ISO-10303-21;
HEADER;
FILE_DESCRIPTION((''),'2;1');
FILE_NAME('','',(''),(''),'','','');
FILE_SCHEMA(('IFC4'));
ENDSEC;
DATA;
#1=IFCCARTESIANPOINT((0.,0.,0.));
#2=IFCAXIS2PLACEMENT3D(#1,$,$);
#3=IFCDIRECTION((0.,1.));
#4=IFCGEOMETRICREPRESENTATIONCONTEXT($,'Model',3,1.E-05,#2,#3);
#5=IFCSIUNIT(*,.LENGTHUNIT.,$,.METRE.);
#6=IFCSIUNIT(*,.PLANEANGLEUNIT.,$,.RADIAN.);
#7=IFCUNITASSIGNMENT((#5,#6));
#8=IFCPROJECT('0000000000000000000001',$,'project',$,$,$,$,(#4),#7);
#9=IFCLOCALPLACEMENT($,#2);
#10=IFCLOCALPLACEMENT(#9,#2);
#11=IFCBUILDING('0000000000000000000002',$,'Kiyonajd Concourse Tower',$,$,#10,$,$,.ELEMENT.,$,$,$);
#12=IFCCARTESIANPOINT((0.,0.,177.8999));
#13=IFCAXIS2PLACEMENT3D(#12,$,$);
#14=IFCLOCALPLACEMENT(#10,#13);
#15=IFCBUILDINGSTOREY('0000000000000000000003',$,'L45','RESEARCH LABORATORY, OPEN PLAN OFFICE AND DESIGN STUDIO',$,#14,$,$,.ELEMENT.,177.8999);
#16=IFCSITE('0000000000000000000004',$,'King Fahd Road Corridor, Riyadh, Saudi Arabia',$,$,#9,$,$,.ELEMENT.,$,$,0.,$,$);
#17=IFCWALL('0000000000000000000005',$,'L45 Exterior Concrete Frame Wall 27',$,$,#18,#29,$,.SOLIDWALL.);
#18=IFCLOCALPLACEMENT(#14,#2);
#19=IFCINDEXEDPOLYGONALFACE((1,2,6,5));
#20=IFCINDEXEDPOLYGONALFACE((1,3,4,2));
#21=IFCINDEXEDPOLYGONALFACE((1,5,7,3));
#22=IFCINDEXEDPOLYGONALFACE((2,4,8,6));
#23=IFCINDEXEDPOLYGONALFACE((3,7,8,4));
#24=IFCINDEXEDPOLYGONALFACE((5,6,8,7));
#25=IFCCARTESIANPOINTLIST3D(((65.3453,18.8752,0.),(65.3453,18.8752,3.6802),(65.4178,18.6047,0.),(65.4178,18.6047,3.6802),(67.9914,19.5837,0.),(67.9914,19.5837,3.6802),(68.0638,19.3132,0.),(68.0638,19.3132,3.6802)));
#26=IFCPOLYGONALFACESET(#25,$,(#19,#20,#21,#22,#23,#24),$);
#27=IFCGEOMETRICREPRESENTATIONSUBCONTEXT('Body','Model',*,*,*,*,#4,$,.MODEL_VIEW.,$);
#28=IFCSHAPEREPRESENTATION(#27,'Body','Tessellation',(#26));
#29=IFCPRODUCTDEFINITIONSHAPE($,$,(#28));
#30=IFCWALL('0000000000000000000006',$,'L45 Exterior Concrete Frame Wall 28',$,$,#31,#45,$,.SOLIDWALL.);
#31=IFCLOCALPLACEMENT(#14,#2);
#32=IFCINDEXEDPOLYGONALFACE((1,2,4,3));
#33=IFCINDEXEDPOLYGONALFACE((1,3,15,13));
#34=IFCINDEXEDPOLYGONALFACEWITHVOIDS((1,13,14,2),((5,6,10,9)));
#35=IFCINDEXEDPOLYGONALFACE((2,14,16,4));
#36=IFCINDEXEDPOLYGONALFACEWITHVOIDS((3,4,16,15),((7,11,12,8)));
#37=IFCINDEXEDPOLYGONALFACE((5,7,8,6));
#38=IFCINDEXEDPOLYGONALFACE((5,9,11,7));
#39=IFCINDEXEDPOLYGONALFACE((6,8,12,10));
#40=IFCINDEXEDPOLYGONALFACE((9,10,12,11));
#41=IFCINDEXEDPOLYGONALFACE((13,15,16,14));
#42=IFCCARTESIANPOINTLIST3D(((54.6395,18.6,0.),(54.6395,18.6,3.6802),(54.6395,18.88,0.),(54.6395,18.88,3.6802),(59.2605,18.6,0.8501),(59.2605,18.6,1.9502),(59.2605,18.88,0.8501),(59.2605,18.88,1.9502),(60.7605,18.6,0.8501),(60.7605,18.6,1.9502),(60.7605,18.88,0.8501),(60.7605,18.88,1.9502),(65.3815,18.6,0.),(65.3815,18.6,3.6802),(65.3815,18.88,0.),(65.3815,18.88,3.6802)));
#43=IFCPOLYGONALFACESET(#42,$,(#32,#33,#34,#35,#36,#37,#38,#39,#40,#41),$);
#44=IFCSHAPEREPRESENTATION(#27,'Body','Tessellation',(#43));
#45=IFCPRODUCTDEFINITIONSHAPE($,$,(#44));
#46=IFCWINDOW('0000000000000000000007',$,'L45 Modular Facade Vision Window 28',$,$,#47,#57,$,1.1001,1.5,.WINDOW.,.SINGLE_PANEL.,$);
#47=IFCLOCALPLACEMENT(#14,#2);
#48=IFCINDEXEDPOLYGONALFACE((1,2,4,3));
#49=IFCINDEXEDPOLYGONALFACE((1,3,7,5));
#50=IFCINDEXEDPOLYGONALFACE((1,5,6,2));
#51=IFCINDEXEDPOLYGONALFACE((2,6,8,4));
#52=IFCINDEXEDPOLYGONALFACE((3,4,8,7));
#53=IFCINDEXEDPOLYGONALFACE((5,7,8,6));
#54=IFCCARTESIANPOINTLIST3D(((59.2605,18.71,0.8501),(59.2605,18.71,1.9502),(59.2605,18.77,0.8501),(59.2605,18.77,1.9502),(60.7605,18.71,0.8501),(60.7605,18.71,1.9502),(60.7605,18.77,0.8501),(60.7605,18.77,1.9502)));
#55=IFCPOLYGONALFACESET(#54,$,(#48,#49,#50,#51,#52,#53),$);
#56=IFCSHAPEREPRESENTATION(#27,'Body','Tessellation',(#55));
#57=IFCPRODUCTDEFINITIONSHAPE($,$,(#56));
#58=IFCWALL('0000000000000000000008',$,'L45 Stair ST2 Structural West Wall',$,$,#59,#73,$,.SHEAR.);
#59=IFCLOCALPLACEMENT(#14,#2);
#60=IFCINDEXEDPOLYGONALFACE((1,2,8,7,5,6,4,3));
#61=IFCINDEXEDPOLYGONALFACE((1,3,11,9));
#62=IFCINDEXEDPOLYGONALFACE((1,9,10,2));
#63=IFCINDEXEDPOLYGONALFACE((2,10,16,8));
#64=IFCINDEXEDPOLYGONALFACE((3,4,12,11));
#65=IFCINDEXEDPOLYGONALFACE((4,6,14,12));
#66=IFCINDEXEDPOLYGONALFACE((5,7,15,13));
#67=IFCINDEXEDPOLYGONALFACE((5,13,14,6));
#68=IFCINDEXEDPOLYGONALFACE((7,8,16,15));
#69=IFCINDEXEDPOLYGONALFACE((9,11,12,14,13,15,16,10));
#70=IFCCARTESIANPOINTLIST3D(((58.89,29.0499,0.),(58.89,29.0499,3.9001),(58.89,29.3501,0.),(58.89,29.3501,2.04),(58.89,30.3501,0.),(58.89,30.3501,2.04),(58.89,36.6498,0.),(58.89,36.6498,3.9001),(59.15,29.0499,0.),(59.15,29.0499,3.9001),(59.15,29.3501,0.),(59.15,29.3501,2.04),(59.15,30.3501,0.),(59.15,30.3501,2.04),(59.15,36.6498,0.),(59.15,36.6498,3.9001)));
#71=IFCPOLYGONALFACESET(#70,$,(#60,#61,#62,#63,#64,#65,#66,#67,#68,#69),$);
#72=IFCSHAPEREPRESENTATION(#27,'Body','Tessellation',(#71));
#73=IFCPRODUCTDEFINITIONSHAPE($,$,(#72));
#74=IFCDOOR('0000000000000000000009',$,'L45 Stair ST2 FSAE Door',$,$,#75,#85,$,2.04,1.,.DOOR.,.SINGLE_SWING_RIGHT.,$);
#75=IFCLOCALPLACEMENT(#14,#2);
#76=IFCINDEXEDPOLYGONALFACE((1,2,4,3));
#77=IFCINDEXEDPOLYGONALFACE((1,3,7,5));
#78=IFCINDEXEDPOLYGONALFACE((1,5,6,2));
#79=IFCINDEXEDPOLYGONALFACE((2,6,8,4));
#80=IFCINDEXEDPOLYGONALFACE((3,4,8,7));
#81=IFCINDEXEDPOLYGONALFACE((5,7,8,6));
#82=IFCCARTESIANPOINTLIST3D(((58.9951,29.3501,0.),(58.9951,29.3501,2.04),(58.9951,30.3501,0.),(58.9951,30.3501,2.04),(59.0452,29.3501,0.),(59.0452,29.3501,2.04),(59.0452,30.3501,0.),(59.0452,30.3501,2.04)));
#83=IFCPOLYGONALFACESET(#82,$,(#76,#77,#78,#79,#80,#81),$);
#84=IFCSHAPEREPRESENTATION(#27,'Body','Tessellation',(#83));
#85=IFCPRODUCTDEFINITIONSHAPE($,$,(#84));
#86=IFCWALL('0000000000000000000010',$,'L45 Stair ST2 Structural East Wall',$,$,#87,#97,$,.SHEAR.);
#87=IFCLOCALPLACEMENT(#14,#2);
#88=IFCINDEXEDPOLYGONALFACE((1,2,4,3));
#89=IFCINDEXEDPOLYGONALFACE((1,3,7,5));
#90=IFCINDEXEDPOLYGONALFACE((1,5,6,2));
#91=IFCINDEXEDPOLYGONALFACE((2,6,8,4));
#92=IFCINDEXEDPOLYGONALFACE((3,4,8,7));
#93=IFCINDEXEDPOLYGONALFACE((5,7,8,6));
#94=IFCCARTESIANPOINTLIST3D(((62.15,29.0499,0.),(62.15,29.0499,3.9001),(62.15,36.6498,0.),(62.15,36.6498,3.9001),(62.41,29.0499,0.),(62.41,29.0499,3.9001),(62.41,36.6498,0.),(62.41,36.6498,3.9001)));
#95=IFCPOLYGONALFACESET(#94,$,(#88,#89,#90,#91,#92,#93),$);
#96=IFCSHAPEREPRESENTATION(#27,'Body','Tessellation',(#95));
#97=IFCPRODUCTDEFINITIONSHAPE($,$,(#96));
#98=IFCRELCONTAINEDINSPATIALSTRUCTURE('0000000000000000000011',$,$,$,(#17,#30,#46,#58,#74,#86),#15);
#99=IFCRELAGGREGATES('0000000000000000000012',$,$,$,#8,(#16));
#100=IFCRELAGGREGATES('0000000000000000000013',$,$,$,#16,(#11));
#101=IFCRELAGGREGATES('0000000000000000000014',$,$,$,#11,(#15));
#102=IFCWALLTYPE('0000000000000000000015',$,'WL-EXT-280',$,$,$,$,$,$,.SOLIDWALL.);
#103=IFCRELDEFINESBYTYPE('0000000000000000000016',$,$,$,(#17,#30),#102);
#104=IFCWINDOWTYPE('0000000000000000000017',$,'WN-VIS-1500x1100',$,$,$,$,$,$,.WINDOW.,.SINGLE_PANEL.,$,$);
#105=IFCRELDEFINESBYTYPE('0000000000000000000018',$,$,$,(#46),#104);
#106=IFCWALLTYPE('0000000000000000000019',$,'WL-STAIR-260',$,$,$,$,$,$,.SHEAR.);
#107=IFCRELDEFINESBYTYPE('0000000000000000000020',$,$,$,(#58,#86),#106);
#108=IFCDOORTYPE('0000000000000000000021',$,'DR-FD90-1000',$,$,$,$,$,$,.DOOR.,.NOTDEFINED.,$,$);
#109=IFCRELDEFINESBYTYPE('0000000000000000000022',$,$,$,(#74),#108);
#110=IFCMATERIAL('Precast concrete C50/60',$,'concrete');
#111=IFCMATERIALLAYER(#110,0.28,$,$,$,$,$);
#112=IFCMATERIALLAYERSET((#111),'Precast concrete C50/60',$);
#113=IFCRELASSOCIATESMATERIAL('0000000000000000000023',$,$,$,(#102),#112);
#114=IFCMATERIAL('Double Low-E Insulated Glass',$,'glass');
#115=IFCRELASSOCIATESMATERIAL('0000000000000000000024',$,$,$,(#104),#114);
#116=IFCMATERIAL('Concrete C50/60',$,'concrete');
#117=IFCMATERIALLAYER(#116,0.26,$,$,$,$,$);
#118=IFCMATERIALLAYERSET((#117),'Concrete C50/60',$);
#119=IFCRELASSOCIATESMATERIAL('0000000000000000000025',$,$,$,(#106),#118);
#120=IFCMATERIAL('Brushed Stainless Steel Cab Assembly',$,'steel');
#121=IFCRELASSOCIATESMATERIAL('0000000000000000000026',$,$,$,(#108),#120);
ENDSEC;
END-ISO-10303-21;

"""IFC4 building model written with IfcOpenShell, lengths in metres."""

from ifc_helpers import new_model, si_unit, direction, frame, frame_2d, origin, place, context, subcontext, project, spatial, rectangle, extrude, material, layer, layer_set, type_object, element, fill, save


model = new_model("IFC4")

# Units and contexts
model_context = context("Model", 3, precision=1e-05, world=origin(), true_north=direction((0.0, 1.0)))
body_context = subcontext(model_context, "Body", "Model", "MODEL_VIEW")
ifc_project = project(units=[si_unit("LENGTHUNIT", "METRE"), si_unit("PLANEANGLEUNIT", "RADIAN")], contexts=[model_context])

# Site, building, storey
site_placement = place(None, origin())
site = spatial("IfcSite", under=ifc_project, at=site_placement, Name="King Fahd Road Corridor, Riyadh, Saudi Arabia", CompositionType="ELEMENT", RefElevation=0.0)
building_placement = place(site_placement, origin())
building = spatial("IfcBuilding", under=site, at=building_placement, Name="Kiyonajd Concourse Tower", CompositionType="ELEMENT")
storey_placement = place(building_placement, frame((0.0, 0.0, 177.8999)))
storey = spatial("IfcBuildingStorey", under=building, at=storey_placement, Name="L45", Description="RESEARCH LABORATORY, OPEN PLAN OFFICE AND DESIGN STUDIO", CompositionType="ELEMENT", Elevation=177.8999)

# Shared definitions
ifc_material_1 = material(Name="Double Low-E Insulated Glass", Category="glass")

# Wall
ifc_material_2 = material(Name="Precast concrete C50/60", Category="concrete")
ifc_layer_1 = layer(ifc_material_2, 0.28)
ifc_layer_set_1 = layer_set([ifc_layer_1], Name="Precast concrete C50/60")
wall_type_1 = type_object("IfcWallType", Name="WL-EXT-280", PredefinedType="SOLIDWALL", material=ifc_layer_set_1)
wall_1_placement = place(storey_placement, frame((68.0276, 19.4485, 0.0), z_axis=(0.0, 0.0, 1.0), x_axis=(-0.965971, -0.25865, 0.0)))
element("IfcWall", 1, at=wall_1_placement, inside=storey, type_object=wall_type_1, Name="L45 Exterior Concrete Frame Wall 27", PredefinedType="SOLIDWALL", context=body_context, shape_type="SweptSolid", body=[
    extrude(rectangle(XDim=2.7393, YDim=0.28, at=frame_2d((1.3696, 0.0))), origin(), (0.0, 0.0, 1.0), 3.6802),
])

# Wall, opening, window
wall_2_placement = place(storey_placement, frame((65.3816, 18.74, 0.0), z_axis=(0.0, 0.0, 1.0), x_axis=(-1.0, 0.0, 0.0)))
wall_2 = element("IfcWall", 2, at=wall_2_placement, inside=storey, type_object=wall_type_1, Name="L45 Exterior Concrete Frame Wall 28", PredefinedType="SOLIDWALL", context=body_context, shape_type="SweptSolid", body=[
    extrude(rectangle(XDim=10.7419, YDim=0.28, at=frame_2d((5.3711, 0.0))), origin(), (0.0, 0.0, 1.0), 3.6802),
])
opening_1_placement = place(wall_2_placement, frame((4.6211, 0.0, 0.8501)))
opening_1 = element("IfcOpeningElement", 3, at=opening_1_placement, cuts=wall_2, PredefinedType="OPENING", context=body_context, shape_type="SweptSolid", body=[
    extrude(rectangle(XDim=1.5, YDim=1.1001, at=frame_2d((0.75, 0.55))), frame((0.0, 0.1499, 0.0), z_axis=(0.0, -1.0, 0.0), x_axis=(1.0, 0.0, 0.0)), (0.0, 0.0, 1.0), 0.3),
])
window_type = type_object("IfcWindowType", Name="WN-VIS-1500x1100", PartitioningType="SINGLE_PANEL", PredefinedType="WINDOW", material=ifc_material_1)
window_placement = place(opening_1_placement, origin())
window = element("IfcWindow", 4, at=window_placement, inside=storey, type_object=window_type, Name="L45 Modular Facade Vision Window 28", OverallHeight=1.1001, OverallWidth=1.5, PartitioningType="SINGLE_PANEL", PredefinedType="WINDOW", context=body_context, shape_type="SweptSolid", body=[
    extrude(rectangle(XDim=1.5, YDim=1.1001, at=frame_2d((0.75, 0.55))), frame((0.0, 0.03, 0.0), z_axis=(0.0, -1.0, 0.0), x_axis=(1.0, 0.0, 0.0)), (0.0, 0.0, 1.0), 0.0601),
])
fill(opening_1, window)

# Wall, opening, door
ifc_material_3 = material(Name="Concrete C50/60", Category="concrete")
ifc_layer_2 = layer(ifc_material_3, 0.26)
ifc_layer_set_2 = layer_set([ifc_layer_2], Name="Concrete C50/60")
wall_type_2 = type_object("IfcWallType", Name="WL-STAIR-260", PredefinedType="SHEAR", material=ifc_layer_set_2)
wall_3_placement = place(storey_placement, frame((59.02, 29.05, 0.0), z_axis=(0.0, 0.0, 1.0), x_axis=(0.0, 1.0, 0.0)))
wall_3 = element("IfcWall", 5, at=wall_3_placement, inside=storey, type_object=wall_type_2, Name="L45 Stair ST2 Structural West Wall", PredefinedType="SHEAR", context=body_context, shape_type="SweptSolid", body=[
    extrude(rectangle(XDim=7.5999, YDim=0.26, at=frame_2d((3.7998, 0.0))), origin(), (0.0, 0.0, 1.0), 3.9001),
])
opening_2_placement = place(wall_3_placement, frame((0.3, 0.0, 0.0)))
opening_2 = element("IfcOpeningElement", 6, at=opening_2_placement, cuts=wall_3, PredefinedType="OPENING", context=body_context, shape_type="SweptSolid", body=[
    extrude(rectangle(XDim=1.0, YDim=2.04, at=frame_2d((0.5, 1.02))), frame((0.0, 0.1399, 0.0), z_axis=(0.0, -1.0, 0.0), x_axis=(1.0, 0.0, 0.0)), (0.0, 0.0, 1.0), 0.28),
])
ifc_material_4 = material(Name="Brushed Stainless Steel Cab Assembly", Category="steel")
door_type = type_object("IfcDoorType", Name="DR-FD90-1000", OperationType="NOTDEFINED", PredefinedType="DOOR", material=ifc_material_4)
door_placement = place(opening_2_placement, origin())
door = element("IfcDoor", 7, at=door_placement, inside=storey, type_object=door_type, Name="L45 Stair ST2 FSAE Door", OperationType="SINGLE_SWING_RIGHT", OverallHeight=2.04, OverallWidth=1.0, PredefinedType="DOOR", context=body_context, shape_type="SweptSolid", body=[
    extrude(rectangle(XDim=1.0, YDim=2.04, at=frame_2d((0.5, 1.02))), frame((0.0, 0.0249, 0.0), z_axis=(0.0, -1.0, 0.0), x_axis=(1.0, 0.0, 0.0)), (0.0, 0.0, 1.0), 0.05),
])
fill(opening_2, door)

# Wall
wall_4_placement = place(storey_placement, frame((62.28, 29.05, 0.0), z_axis=(0.0, 0.0, 1.0), x_axis=(0.0, 1.0, 0.0)))
element("IfcWall", 8, at=wall_4_placement, inside=storey, type_object=wall_type_2, Name="L45 Stair ST2 Structural East Wall", PredefinedType="SHEAR", context=body_context, shape_type="SweptSolid", body=[
    extrude(rectangle(XDim=7.5999, YDim=0.26, at=frame_2d((3.7998, 0.0))), origin(), (0.0, 0.0, 1.0), 3.9001),
])

save(model, "model.ifc")
